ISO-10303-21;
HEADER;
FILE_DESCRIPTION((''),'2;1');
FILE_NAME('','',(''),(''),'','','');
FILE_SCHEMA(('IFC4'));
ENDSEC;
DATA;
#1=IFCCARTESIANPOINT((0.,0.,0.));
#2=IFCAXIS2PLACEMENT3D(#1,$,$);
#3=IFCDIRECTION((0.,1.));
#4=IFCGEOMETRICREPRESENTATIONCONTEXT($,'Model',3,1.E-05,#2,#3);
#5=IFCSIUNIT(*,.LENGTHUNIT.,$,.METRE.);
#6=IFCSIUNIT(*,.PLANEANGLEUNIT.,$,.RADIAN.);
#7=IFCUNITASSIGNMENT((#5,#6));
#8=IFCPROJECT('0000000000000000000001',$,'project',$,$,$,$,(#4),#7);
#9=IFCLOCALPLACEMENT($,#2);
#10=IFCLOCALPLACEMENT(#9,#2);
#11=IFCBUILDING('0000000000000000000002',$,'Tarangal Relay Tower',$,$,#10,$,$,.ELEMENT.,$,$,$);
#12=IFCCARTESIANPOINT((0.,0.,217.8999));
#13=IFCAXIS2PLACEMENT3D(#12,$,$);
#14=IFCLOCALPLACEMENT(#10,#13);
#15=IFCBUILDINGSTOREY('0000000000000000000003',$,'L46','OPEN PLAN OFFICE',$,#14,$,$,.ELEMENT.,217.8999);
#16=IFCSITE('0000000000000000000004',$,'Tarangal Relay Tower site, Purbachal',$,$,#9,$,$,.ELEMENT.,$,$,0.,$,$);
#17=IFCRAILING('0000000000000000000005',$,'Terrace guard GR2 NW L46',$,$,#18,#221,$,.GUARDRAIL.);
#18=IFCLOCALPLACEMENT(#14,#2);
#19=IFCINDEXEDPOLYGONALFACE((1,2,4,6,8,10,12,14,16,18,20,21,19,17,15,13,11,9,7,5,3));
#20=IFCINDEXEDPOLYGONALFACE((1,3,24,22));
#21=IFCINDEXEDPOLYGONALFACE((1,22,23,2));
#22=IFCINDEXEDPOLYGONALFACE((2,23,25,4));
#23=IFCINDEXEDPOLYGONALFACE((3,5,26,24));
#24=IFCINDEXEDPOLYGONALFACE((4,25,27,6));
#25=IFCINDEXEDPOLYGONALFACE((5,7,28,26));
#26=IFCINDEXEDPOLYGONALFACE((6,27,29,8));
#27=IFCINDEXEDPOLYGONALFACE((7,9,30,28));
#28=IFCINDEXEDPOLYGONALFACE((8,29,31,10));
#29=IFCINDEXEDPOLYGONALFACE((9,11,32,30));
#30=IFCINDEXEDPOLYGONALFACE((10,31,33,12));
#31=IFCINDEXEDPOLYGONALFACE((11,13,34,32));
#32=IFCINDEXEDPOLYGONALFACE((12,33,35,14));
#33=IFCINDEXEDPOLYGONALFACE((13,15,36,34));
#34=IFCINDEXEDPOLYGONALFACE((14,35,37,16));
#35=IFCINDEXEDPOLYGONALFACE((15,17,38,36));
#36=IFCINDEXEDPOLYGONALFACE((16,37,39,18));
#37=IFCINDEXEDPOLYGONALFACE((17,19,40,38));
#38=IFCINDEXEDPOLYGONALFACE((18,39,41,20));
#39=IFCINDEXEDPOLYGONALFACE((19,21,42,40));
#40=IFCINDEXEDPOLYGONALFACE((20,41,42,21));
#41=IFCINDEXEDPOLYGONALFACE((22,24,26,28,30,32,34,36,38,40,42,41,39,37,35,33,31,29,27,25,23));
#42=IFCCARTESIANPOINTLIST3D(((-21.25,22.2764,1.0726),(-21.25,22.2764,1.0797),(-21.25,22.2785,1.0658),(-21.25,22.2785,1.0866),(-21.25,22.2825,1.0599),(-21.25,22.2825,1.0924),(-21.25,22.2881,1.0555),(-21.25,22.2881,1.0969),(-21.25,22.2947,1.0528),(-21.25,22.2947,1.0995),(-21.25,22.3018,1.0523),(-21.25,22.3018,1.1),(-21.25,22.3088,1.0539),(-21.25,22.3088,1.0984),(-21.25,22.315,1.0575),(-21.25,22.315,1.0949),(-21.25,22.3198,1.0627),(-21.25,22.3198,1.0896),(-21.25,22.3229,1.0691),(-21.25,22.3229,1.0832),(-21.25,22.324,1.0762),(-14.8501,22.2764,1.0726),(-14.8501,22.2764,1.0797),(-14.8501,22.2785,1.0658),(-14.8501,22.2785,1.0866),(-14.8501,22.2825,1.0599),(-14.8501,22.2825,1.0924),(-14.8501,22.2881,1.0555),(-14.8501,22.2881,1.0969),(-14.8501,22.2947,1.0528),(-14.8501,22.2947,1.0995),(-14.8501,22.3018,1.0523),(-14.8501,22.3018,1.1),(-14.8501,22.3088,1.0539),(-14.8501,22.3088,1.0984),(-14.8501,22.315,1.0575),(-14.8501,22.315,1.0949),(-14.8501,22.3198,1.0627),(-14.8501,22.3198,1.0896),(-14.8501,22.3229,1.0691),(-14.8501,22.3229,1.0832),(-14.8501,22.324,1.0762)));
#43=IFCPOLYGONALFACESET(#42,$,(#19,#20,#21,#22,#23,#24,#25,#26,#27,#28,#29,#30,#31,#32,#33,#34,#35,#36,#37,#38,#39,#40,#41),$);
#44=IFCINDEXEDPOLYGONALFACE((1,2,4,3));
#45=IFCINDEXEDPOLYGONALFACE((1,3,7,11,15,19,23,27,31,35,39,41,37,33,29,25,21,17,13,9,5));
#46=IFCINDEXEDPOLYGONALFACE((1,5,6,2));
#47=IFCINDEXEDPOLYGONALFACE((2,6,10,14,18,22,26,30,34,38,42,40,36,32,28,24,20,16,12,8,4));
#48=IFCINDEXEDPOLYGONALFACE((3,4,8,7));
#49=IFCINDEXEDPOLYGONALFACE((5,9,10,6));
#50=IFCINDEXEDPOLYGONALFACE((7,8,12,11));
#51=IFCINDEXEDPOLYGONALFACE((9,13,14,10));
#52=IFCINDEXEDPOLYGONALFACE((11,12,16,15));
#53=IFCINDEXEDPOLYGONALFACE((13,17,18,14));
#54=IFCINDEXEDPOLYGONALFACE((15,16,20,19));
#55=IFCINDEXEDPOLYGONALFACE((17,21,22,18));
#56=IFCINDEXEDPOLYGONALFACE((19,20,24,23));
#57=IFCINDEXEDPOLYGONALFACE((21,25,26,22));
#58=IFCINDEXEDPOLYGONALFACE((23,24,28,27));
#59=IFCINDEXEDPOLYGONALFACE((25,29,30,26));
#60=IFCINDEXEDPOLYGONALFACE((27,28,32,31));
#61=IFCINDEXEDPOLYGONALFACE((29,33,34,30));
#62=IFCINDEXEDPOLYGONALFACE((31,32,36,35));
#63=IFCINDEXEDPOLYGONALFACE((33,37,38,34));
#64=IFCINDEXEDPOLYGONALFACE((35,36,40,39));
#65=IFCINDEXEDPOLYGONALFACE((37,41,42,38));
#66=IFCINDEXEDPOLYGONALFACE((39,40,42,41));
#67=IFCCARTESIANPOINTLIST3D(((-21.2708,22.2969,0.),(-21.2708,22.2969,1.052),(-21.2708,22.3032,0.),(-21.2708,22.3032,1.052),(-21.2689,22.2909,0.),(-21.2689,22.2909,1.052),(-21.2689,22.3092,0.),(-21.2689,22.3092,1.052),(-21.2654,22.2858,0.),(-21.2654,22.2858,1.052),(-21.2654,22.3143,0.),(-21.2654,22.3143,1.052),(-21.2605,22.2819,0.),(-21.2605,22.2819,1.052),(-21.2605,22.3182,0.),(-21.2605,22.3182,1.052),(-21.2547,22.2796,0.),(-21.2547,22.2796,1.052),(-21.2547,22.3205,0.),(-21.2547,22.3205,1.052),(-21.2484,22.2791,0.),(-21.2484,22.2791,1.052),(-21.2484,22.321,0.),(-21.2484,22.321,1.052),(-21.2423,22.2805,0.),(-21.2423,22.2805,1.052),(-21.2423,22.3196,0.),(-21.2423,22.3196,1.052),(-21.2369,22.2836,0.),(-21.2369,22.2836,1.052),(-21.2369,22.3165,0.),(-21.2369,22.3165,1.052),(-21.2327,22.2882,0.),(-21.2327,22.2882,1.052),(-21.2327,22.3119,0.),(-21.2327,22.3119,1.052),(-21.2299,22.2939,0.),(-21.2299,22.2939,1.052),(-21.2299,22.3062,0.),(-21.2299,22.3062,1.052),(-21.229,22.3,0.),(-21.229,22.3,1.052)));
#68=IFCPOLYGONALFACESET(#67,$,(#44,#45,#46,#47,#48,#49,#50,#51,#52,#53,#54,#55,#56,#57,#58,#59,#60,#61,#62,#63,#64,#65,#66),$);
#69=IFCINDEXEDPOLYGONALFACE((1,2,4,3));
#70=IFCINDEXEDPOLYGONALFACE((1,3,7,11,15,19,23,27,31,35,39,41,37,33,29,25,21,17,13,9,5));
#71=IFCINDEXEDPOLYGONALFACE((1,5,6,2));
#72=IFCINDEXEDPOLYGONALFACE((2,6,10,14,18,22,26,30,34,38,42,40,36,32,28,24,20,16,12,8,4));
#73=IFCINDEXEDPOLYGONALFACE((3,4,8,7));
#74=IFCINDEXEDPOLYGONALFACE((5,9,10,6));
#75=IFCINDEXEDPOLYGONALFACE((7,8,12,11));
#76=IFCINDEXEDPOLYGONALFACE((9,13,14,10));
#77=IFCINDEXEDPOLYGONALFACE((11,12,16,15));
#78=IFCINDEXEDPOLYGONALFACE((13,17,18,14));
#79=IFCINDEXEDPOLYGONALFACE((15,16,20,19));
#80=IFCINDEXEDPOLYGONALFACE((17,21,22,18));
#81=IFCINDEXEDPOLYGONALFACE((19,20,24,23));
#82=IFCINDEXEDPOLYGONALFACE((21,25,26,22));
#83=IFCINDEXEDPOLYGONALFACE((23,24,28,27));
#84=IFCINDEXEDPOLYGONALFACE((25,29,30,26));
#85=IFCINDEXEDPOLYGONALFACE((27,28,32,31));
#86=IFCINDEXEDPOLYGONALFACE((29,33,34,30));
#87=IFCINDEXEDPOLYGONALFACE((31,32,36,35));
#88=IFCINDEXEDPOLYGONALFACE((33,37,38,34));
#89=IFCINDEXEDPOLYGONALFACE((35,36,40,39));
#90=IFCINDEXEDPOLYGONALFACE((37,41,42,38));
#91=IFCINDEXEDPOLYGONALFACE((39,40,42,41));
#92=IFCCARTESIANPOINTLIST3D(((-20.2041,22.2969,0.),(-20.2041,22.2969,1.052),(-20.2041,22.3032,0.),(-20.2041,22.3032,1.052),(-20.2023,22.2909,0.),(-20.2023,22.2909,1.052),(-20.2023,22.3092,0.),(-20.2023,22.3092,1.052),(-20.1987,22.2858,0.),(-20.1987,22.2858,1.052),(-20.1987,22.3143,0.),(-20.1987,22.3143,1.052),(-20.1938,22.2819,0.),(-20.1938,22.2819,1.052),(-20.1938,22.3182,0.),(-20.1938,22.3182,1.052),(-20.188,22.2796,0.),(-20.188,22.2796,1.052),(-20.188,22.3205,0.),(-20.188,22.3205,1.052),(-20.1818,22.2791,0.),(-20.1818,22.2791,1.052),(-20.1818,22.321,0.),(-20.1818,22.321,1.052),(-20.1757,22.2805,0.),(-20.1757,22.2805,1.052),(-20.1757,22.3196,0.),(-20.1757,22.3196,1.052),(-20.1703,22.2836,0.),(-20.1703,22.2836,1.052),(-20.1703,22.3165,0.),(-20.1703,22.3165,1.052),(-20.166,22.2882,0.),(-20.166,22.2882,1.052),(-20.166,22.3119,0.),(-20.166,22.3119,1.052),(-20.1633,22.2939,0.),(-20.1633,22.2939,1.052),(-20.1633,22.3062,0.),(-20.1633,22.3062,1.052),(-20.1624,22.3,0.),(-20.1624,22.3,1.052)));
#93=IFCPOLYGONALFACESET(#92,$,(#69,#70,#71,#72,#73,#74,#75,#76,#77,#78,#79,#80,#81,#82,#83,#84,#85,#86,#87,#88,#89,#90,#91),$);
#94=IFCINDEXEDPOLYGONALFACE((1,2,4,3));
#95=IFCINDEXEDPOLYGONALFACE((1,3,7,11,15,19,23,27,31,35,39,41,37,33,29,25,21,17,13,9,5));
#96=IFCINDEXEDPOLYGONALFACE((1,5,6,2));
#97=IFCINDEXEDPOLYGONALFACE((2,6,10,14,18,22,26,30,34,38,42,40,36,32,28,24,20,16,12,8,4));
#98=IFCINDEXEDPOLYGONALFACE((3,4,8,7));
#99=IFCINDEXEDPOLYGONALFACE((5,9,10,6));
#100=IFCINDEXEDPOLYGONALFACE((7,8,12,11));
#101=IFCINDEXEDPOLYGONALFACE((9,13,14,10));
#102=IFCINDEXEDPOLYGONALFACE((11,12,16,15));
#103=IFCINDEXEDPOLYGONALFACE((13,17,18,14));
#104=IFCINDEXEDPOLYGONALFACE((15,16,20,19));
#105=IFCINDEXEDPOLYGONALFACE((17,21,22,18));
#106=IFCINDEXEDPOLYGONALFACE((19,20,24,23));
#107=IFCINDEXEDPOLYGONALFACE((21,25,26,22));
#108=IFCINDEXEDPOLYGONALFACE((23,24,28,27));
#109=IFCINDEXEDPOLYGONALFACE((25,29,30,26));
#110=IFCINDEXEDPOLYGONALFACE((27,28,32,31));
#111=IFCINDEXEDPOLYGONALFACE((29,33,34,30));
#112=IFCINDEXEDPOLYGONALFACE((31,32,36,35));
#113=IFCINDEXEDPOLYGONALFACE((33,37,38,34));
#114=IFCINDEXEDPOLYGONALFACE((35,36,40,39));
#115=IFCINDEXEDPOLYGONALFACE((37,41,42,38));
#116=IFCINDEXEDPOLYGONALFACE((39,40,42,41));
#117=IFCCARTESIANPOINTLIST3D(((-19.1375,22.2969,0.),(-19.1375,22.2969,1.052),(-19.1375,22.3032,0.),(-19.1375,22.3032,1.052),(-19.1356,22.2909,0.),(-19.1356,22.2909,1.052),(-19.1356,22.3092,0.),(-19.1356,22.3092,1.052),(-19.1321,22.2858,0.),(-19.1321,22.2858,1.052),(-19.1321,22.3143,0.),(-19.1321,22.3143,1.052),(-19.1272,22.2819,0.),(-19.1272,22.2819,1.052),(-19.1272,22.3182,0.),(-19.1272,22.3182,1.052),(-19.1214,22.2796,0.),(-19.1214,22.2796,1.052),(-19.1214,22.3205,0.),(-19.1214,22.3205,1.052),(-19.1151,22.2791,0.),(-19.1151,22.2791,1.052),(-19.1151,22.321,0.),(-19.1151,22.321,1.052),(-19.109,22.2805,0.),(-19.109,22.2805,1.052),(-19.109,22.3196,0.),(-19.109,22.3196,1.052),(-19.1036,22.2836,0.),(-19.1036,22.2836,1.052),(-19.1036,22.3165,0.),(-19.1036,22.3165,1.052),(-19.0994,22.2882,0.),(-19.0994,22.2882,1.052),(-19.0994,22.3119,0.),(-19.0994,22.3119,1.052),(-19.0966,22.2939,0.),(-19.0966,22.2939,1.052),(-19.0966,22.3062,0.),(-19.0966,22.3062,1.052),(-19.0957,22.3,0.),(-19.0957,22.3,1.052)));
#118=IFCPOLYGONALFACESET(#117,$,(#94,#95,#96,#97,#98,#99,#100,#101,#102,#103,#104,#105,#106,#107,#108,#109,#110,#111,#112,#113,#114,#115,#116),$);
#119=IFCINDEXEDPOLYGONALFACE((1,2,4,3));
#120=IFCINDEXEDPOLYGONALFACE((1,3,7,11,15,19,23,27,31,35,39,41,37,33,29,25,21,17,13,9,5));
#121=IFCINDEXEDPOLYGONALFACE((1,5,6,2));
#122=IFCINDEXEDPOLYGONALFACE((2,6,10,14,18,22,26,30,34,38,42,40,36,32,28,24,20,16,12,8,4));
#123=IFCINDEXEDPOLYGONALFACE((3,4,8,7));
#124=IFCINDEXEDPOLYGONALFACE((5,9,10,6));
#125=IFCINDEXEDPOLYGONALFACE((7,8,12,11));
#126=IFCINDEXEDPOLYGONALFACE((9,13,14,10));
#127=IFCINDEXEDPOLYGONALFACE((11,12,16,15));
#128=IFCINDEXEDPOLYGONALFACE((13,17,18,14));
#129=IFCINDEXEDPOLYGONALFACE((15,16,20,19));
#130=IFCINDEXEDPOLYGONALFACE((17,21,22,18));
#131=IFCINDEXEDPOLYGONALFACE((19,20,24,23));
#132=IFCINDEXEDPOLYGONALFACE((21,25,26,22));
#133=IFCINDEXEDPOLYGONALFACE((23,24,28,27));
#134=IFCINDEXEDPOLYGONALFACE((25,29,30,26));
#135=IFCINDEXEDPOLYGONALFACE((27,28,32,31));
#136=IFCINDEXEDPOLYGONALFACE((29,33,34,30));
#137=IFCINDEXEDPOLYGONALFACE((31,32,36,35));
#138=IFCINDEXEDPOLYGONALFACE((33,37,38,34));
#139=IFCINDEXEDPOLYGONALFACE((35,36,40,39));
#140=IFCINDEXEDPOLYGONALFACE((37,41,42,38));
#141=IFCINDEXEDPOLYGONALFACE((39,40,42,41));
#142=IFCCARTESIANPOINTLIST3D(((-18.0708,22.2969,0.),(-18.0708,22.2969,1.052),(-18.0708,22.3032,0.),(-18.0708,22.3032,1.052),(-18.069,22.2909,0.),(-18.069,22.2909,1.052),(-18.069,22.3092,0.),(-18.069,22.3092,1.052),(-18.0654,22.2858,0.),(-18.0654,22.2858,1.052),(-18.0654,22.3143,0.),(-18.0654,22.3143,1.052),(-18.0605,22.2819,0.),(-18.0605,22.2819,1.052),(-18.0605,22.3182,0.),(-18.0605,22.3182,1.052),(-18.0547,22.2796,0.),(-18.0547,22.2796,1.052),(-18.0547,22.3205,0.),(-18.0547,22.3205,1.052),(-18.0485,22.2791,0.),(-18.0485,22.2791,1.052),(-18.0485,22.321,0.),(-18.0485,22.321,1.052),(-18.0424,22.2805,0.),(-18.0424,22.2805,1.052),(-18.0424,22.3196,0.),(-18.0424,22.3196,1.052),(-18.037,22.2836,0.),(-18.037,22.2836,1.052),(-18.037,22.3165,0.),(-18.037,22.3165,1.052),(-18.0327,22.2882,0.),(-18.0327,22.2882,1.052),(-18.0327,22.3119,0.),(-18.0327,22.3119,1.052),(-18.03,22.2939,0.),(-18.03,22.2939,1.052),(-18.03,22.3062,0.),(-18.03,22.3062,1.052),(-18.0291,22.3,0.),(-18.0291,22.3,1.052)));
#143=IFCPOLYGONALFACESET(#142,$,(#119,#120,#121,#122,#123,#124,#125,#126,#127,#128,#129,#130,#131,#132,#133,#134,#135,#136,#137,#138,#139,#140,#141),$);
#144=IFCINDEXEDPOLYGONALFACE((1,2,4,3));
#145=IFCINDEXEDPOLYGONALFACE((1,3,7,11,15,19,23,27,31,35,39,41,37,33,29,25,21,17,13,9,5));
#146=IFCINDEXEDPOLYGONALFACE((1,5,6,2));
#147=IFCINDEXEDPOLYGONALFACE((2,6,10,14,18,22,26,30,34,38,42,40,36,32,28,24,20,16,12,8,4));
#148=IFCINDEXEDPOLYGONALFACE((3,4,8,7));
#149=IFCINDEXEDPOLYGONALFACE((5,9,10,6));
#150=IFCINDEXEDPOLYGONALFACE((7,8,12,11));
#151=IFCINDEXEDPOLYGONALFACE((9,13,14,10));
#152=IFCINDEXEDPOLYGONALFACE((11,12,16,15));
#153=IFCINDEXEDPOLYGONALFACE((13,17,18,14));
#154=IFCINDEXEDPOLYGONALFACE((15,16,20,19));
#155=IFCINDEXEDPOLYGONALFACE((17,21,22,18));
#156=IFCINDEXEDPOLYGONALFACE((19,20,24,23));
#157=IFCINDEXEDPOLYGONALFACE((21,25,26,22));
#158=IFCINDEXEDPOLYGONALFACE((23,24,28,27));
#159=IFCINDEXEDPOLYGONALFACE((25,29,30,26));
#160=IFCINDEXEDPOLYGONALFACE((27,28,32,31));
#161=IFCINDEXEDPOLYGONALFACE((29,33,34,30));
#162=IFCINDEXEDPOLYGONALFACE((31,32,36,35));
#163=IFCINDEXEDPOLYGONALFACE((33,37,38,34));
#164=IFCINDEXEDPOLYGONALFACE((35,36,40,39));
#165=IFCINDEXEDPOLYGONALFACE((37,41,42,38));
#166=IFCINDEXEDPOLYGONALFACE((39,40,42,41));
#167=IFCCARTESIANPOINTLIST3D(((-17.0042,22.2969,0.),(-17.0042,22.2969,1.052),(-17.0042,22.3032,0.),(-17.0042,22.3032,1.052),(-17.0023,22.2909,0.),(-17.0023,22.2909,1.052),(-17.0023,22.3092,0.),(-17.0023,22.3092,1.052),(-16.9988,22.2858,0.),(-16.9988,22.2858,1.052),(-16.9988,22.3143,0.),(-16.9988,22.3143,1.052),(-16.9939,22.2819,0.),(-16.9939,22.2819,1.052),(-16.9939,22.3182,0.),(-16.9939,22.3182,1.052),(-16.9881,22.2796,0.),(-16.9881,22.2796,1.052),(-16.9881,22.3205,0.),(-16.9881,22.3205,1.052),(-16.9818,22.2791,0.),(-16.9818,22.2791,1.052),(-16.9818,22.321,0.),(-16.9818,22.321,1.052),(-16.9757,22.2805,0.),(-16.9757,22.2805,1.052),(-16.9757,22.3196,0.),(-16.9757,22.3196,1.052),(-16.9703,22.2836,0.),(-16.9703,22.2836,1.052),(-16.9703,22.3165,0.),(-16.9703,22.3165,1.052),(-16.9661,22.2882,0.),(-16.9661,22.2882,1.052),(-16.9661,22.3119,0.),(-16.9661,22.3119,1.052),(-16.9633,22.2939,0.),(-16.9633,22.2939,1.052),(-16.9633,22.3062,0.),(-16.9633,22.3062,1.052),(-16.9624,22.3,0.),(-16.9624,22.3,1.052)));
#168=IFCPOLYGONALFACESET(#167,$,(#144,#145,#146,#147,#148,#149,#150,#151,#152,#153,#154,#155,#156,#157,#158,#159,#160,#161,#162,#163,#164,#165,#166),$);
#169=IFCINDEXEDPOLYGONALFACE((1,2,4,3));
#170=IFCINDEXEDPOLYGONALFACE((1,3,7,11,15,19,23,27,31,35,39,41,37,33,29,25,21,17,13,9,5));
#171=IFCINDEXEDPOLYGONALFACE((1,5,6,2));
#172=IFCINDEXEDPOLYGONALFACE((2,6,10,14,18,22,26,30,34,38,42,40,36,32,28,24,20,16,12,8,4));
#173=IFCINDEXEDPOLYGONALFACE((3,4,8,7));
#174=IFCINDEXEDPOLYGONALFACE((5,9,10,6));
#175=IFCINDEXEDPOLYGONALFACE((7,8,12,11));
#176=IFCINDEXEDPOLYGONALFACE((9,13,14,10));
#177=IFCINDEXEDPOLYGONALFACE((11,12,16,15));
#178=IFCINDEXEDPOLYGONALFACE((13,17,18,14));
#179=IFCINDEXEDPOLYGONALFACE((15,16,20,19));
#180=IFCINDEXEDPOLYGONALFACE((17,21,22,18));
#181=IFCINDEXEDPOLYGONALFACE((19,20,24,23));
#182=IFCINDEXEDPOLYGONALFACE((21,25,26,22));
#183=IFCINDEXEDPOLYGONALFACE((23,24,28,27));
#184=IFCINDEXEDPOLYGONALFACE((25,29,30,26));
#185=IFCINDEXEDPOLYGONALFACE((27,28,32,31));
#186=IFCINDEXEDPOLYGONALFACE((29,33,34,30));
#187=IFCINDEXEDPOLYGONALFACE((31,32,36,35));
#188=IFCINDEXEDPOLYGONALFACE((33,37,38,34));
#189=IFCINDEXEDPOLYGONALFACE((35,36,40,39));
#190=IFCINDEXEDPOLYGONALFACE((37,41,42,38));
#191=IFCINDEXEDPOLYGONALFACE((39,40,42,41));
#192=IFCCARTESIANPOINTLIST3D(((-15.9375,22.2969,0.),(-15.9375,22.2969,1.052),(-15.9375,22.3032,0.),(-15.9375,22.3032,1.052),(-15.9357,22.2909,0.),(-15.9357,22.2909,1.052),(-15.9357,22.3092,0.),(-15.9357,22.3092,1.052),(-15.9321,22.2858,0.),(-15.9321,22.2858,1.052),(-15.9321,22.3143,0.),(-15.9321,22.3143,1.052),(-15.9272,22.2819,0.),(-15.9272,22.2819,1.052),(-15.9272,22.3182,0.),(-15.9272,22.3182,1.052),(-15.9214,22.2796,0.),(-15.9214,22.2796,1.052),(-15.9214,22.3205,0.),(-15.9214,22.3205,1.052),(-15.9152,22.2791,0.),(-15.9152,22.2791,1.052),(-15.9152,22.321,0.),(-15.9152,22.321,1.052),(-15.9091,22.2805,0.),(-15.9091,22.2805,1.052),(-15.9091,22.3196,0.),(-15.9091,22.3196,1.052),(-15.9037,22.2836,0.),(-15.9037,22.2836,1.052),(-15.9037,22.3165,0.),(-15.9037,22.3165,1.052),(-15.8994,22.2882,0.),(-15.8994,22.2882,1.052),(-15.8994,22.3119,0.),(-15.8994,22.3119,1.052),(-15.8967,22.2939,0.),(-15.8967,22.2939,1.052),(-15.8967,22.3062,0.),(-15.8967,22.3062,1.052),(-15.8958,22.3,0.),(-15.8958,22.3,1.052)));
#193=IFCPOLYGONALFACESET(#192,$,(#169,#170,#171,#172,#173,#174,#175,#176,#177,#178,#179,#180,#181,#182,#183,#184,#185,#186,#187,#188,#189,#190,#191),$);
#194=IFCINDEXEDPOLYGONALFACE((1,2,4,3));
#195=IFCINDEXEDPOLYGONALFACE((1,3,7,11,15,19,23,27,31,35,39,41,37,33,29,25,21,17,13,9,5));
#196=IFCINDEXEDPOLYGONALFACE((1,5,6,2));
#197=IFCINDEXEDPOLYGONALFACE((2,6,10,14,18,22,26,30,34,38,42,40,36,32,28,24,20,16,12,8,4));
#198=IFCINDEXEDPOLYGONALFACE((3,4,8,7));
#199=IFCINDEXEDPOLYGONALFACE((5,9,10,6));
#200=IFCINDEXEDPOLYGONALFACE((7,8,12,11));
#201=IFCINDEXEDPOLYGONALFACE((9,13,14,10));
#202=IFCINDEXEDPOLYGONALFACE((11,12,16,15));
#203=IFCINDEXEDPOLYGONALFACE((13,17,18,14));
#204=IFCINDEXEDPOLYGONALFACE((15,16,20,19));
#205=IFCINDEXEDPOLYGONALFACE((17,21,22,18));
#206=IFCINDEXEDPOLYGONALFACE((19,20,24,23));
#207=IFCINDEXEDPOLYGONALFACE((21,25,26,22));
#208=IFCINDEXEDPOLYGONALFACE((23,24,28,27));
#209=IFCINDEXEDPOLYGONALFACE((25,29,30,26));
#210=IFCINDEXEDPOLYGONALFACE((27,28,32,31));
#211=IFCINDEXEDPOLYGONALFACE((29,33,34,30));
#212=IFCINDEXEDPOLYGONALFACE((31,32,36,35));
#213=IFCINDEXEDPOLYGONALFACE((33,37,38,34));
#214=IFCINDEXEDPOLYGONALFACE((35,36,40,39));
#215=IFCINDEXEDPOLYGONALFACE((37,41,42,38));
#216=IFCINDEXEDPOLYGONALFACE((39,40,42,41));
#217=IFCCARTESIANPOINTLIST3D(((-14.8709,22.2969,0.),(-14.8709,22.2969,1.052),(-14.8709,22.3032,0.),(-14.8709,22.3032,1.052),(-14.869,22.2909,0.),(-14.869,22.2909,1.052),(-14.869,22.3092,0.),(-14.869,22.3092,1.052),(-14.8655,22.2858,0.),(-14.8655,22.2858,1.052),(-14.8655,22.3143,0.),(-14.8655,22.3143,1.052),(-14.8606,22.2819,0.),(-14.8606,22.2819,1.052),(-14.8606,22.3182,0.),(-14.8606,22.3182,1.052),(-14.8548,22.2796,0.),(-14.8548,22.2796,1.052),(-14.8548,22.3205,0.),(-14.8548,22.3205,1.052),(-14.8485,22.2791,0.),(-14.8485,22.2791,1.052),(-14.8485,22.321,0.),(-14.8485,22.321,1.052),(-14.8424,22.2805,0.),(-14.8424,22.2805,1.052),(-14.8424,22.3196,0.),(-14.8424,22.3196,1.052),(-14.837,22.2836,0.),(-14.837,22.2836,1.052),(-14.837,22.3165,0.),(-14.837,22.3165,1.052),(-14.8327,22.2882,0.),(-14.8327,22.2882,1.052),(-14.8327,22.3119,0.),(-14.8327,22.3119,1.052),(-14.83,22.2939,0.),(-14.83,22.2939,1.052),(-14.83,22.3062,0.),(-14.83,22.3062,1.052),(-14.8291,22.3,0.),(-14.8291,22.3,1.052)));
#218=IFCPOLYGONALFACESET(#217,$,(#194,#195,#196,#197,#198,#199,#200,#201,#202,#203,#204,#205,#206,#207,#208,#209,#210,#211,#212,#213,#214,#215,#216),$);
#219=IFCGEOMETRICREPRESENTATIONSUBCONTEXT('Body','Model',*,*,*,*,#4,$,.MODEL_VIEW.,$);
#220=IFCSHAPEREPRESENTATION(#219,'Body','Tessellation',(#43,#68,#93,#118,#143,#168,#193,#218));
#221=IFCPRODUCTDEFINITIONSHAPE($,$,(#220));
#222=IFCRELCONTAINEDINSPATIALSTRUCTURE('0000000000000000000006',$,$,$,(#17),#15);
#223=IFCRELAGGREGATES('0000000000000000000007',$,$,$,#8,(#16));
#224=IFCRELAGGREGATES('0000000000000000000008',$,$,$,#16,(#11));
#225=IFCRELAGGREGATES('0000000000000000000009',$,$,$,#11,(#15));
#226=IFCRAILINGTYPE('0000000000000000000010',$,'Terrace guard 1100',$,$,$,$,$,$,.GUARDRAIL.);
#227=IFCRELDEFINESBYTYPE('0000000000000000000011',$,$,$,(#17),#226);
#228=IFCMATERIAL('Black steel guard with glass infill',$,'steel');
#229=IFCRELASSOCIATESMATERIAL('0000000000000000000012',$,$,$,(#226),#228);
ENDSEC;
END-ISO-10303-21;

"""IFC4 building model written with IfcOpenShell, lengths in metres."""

from ifc_helpers import new_model, si_unit, direction, frame, origin, origin_2d, place, context, subcontext, project, spatial, circle, extrude, material, type_object, element, save


model = new_model("IFC4")

# Units and contexts
model_context = context("Model", 3, precision=1e-05, world=origin(), true_north=direction((0.0, 1.0)))
body_context = subcontext(model_context, "Body", "Model", "MODEL_VIEW")
ifc_project = project(units=[si_unit("LENGTHUNIT", "METRE"), si_unit("PLANEANGLEUNIT", "RADIAN")], contexts=[model_context])

# Site, building, storey
site_placement = place(None, origin())
site = spatial("IfcSite", under=ifc_project, at=site_placement, Name="Tarangal Relay Tower site, Purbachal", CompositionType="ELEMENT", RefElevation=0.0)
building_placement = place(site_placement, origin())
building = spatial("IfcBuilding", under=site, at=building_placement, Name="Tarangal Relay Tower", CompositionType="ELEMENT")
storey_placement = place(building_placement, frame((0.0, 0.0, 217.8999)))
storey = spatial("IfcBuildingStorey", under=building, at=storey_placement, Name="L46", Description="OPEN PLAN OFFICE", CompositionType="ELEMENT", Elevation=217.8999)

# Railing
ifc_material_1 = material(Name="Black steel guard with glass infill", Category="steel")
railing_type = type_object("IfcRailingType", Name="Terrace guard 1100", PredefinedType="GUARDRAIL", material=ifc_material_1)
railing_1_placement = place(storey_placement, frame((-21.25, 22.3, 0.0)))
element("IfcRailing", 1, at=railing_1_placement, inside=storey, type_object=railing_type, Name="Terrace guard GR2 NW L46", PredefinedType="GUARDRAIL", context=body_context, shape_type="SweptSolid", body=[
    extrude(circle(Radius=0.0239, at=origin_2d()), frame((0.0, 0.0, 1.0762), z_axis=(1.0, 0.0, 0.0), x_axis=(0.0, 1.0, 0.0)), (0.0, 0.0, 1.0), 6.3999),
    extrude(circle(Radius=0.021, at=origin_2d()), origin(), (0.0, 0.0, 1.0), 1.052),
    extrude(circle(Radius=0.021, at=origin_2d()), frame((1.0667, 0.0, 0.0)), (0.0, 0.0, 1.0), 1.052),
    extrude(circle(Radius=0.021, at=origin_2d()), frame((2.1333, 0.0, 0.0)), (0.0, 0.0, 1.0), 1.052),
    extrude(circle(Radius=0.021, at=origin_2d()), frame((3.2, 0.0, 0.0)), (0.0, 0.0, 1.0), 1.052),
    extrude(circle(Radius=0.021, at=origin_2d()), frame((4.2666, 0.0, 0.0)), (0.0, 0.0, 1.0), 1.052),
    extrude(circle(Radius=0.021, at=origin_2d()), frame((5.3333, 0.0, 0.0)), (0.0, 0.0, 1.0), 1.052),
    extrude(circle(Radius=0.021, at=origin_2d()), frame((6.3999, 0.0, 0.0)), (0.0, 0.0, 1.0), 1.052),
])

save(model, "model.ifc")
